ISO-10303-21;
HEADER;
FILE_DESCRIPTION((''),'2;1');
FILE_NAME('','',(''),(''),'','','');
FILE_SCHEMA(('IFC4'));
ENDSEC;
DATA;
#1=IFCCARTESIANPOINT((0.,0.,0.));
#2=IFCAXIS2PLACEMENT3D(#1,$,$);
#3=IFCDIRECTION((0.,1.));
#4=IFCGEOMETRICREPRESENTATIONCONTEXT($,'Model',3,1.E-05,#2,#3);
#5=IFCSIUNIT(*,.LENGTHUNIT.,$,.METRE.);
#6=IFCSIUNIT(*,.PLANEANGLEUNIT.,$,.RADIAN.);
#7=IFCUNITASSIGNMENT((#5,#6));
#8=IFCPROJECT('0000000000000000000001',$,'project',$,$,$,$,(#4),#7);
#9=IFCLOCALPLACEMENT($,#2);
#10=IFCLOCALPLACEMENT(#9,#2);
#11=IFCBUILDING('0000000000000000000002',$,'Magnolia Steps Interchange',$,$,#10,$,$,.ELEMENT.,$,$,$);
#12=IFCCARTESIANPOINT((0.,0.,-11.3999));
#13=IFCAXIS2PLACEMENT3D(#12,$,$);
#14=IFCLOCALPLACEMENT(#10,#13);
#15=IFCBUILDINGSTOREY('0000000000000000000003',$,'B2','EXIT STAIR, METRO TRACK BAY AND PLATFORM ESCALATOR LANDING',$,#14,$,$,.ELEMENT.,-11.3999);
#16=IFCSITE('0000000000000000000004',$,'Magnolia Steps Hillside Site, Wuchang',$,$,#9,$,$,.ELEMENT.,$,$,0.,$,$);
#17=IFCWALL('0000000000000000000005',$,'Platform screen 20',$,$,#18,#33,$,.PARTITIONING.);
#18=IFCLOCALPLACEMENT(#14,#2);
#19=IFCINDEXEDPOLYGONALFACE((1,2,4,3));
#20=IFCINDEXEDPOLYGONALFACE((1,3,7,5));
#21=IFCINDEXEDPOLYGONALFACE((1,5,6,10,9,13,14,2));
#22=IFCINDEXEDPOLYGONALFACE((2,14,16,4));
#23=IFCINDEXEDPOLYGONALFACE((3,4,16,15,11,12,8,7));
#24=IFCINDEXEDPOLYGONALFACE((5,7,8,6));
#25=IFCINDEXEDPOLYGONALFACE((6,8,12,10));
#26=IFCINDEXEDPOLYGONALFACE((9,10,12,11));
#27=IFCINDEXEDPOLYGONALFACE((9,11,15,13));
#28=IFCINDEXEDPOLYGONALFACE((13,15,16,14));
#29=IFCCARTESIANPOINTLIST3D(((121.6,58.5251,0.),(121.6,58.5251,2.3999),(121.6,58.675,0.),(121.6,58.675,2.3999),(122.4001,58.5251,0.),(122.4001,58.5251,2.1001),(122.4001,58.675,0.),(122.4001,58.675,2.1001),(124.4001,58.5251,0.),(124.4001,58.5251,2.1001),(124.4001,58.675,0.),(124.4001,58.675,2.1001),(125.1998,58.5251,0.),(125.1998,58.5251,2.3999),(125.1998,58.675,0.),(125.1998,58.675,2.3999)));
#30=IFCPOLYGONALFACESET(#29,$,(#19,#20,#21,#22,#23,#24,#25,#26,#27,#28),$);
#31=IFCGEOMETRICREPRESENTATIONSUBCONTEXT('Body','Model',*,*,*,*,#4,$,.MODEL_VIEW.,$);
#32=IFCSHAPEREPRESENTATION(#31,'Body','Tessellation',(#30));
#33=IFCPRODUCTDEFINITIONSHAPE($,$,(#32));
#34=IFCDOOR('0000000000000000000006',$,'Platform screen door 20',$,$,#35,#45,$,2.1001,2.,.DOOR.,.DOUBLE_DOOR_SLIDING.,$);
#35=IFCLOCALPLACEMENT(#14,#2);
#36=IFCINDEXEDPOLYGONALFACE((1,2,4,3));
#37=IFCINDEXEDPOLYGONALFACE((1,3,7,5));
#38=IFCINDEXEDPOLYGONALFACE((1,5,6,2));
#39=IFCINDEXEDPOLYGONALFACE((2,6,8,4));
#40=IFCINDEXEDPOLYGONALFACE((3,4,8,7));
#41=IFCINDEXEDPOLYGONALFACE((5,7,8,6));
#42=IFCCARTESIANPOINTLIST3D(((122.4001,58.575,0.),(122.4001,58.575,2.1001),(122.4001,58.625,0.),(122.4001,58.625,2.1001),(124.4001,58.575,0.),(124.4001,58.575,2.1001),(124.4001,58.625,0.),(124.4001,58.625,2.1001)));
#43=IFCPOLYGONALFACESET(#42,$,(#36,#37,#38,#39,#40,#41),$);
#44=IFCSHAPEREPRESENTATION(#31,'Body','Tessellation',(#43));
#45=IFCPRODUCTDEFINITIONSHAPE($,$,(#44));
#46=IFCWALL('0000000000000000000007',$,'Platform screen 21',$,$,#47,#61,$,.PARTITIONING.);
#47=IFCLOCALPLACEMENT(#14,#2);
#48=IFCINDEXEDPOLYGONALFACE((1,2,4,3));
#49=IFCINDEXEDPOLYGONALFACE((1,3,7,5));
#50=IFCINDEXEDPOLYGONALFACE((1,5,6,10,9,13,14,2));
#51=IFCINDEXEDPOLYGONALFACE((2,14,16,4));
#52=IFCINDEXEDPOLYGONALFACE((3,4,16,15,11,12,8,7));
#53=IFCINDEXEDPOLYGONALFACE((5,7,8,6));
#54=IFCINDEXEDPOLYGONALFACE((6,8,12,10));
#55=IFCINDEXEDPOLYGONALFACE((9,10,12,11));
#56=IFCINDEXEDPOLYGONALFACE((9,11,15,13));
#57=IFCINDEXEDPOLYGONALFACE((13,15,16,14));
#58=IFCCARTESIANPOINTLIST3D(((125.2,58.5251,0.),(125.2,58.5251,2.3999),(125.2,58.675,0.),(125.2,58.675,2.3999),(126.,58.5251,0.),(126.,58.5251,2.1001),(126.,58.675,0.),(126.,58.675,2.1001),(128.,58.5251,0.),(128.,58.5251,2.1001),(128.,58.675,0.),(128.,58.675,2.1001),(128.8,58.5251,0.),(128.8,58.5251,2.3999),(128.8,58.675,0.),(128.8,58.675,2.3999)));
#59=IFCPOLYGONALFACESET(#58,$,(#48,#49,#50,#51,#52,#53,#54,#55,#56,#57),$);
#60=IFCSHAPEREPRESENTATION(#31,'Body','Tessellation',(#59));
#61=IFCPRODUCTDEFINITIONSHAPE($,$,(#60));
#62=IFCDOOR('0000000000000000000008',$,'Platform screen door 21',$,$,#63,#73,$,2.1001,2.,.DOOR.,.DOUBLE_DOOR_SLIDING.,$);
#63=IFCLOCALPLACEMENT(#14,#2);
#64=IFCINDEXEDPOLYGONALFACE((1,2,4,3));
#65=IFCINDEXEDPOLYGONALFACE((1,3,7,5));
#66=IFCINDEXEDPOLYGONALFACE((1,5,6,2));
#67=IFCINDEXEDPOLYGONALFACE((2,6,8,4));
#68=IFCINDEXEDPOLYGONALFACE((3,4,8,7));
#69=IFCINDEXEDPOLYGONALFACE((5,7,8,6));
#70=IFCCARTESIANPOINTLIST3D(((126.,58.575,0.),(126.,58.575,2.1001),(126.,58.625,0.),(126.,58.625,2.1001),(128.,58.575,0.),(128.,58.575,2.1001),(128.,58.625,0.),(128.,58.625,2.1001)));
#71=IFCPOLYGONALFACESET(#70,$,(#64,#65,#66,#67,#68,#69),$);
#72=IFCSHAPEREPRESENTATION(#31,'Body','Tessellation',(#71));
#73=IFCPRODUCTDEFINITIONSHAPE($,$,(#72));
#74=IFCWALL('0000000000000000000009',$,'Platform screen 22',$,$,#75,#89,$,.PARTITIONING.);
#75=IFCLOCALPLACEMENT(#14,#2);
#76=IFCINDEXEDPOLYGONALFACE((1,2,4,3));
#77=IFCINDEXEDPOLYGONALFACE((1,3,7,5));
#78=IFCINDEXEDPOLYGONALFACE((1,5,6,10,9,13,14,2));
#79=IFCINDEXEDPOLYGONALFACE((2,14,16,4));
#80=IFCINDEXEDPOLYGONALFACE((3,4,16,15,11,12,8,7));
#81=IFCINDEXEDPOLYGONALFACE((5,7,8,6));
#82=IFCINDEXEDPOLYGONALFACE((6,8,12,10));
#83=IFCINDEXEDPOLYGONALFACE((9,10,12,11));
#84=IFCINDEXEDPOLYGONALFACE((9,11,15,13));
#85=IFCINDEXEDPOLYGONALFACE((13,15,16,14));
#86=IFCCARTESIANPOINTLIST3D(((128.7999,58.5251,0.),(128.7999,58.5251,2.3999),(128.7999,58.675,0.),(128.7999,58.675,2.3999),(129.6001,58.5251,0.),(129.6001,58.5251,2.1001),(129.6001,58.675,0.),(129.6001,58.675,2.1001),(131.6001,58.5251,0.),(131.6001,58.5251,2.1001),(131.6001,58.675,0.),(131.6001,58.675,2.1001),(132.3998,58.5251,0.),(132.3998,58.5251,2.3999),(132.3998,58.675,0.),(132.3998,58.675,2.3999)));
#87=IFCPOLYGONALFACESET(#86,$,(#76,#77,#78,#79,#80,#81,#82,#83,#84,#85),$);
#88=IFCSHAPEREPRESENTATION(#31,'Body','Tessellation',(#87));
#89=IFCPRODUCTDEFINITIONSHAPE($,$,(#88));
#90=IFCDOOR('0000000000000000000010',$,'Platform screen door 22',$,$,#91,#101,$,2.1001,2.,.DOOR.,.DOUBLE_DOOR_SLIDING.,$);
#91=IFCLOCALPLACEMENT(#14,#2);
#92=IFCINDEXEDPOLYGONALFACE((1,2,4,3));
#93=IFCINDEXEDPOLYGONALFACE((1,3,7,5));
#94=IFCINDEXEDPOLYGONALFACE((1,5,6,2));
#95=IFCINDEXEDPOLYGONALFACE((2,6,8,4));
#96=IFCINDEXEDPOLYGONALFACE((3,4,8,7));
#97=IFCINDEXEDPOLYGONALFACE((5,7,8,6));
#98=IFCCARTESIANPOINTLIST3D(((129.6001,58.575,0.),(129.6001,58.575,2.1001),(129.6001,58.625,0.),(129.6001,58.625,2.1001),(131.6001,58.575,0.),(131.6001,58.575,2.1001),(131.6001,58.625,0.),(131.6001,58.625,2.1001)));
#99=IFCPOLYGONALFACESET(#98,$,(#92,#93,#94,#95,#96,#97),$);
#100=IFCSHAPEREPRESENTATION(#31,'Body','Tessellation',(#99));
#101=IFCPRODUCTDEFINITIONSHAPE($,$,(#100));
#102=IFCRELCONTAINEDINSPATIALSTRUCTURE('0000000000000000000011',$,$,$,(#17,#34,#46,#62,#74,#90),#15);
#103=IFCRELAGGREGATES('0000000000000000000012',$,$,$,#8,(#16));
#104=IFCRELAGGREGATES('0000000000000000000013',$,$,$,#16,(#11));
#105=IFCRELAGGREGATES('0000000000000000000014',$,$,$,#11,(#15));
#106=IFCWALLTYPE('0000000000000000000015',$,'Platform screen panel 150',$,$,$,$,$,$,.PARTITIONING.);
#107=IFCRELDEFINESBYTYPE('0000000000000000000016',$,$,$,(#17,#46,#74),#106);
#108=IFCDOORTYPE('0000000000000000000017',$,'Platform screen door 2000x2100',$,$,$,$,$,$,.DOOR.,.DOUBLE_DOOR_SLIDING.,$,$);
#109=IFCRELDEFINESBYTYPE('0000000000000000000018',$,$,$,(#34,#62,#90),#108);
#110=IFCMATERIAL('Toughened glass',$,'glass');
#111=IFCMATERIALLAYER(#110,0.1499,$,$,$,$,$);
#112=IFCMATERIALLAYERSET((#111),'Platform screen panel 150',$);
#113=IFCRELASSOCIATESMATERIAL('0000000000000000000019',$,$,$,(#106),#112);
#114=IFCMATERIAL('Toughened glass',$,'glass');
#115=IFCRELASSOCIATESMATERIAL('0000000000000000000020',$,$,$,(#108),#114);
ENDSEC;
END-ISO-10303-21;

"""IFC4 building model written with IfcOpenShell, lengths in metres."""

from ifc_helpers import new_model, si_unit, direction, frame, frame_2d, origin, place, context, subcontext, project, spatial, rectangle, extrude, material, layer, layer_set, type_object, element, fill, save


model = new_model("IFC4")

# Units and contexts
model_context = context("Model", 3, precision=1e-05, world=origin(), true_north=direction((0.0, 1.0)))
body_context = subcontext(model_context, "Body", "Model", "MODEL_VIEW")
ifc_project = project(units=[si_unit("LENGTHUNIT", "METRE"), si_unit("PLANEANGLEUNIT", "RADIAN")], contexts=[model_context])

# Site, building, storey
site_placement = place(None, origin())
site = spatial("IfcSite", under=ifc_project, at=site_placement, Name="Magnolia Steps Hillside Site, Wuchang", CompositionType="ELEMENT", RefElevation=0.0)
building_placement = place(site_placement, origin())
building = spatial("IfcBuilding", under=site, at=building_placement, Name="Magnolia Steps Interchange", CompositionType="ELEMENT")
storey_placement = place(building_placement, frame((0.0, 0.0, -11.3999)))
storey = spatial("IfcBuildingStorey", under=building, at=storey_placement, Name="B2", Description="EXIT STAIR, METRO TRACK BAY AND PLATFORM ESCALATOR LANDING", CompositionType="ELEMENT", Elevation=-11.3999)

# Walls, openings, doors
ifc_material_1 = material(Name="Toughened glass", Category="glass")
ifc_layer = layer(ifc_material_1, 0.1499)
ifc_layer_set = layer_set([ifc_layer], Name="Platform screen panel 150")
wall_type = type_object("IfcWallType", Name="Platform screen panel 150", PredefinedType="PARTITIONING", material=ifc_layer_set)
ifc_material_2 = material(Name="Toughened glass", Category="glass")
door_type = type_object("IfcDoorType", Name="Platform screen door 2000x2100", OperationType="DOUBLE_DOOR_SLIDING", PredefinedType="DOOR", material=ifc_material_2)
wall_1_placement = place(storey_placement, frame((121.6001, 58.6001, 0.0), z_axis=(0.0, 0.0, 1.0), x_axis=(1.0, 0.0, 0.0)))
wall_1 = element("IfcWall", 1, at=wall_1_placement, inside=storey, type_object=wall_type, Name="Platform screen 20", PredefinedType="PARTITIONING", context=body_context, shape_type="SweptSolid", body=[
    extrude(rectangle(XDim=3.5999, YDim=0.1499, at=frame_2d((1.7998, 0.0))), origin(), (0.0, 0.0, 1.0), 2.3999),
])
opening_1_placement = place(wall_1_placement, frame((0.8, 0.0, 0.0)))
opening_1 = element("IfcOpeningElement", 2, at=opening_1_placement, cuts=wall_1, PredefinedType="OPENING", context=body_context, shape_type="SweptSolid", body=[
    extrude(rectangle(XDim=2.0, YDim=2.1001, at=frame_2d((1.0, 1.05))), frame((0.0, 0.085, 0.0), z_axis=(0.0, -1.0, 0.0), x_axis=(1.0, 0.0, 0.0)), (0.0, 0.0, 1.0), 0.1699),
])
door_1_placement = place(opening_1_placement, origin())
door_1 = element("IfcDoor", 3, at=door_1_placement, inside=storey, type_object=door_type, Name="Platform screen door 20", OperationType="DOUBLE_DOOR_SLIDING", OverallHeight=2.1001, OverallWidth=2.0, PredefinedType="DOOR", context=body_context, shape_type="SweptSolid", body=[
    extrude(rectangle(XDim=2.0, YDim=2.1001, at=frame_2d((1.0, 1.05))), frame((0.0, 0.0249, 0.0), z_axis=(0.0, -1.0, 0.0), x_axis=(1.0, 0.0, 0.0)), (0.0, 0.0, 1.0), 0.05),
])
fill(opening_1, door_1)
wall_2_placement = place(storey_placement, frame((125.2, 58.6001, 0.0), z_axis=(0.0, 0.0, 1.0), x_axis=(1.0, 0.0, 0.0)))
wall_2 = element("IfcWall", 4, at=wall_2_placement, inside=storey, type_object=wall_type, Name="Platform screen 21", PredefinedType="PARTITIONING", context=body_context, shape_type="SweptSolid", body=[
    extrude(rectangle(XDim=3.6001, YDim=0.1499, at=frame_2d((1.8, 0.0))), origin(), (0.0, 0.0, 1.0), 2.3999),
])
opening_2_placement = place(wall_2_placement, frame((0.8, 0.0, 0.0)))
opening_2 = element("IfcOpeningElement", 5, at=opening_2_placement, cuts=wall_2, PredefinedType="OPENING", context=body_context, shape_type="SweptSolid", body=[
    extrude(rectangle(XDim=2.0, YDim=2.1001, at=frame_2d((1.0, 1.05))), frame((0.0, 0.085, 0.0), z_axis=(0.0, -1.0, 0.0), x_axis=(1.0, 0.0, 0.0)), (0.0, 0.0, 1.0), 0.1699),
])
door_2_placement = place(opening_2_placement, origin())
door_2 = element("IfcDoor", 6, at=door_2_placement, inside=storey, type_object=door_type, Name="Platform screen door 21", OperationType="DOUBLE_DOOR_SLIDING", OverallHeight=2.1001, OverallWidth=2.0, PredefinedType="DOOR", context=body_context, shape_type="SweptSolid", body=[
    extrude(rectangle(XDim=2.0, YDim=2.1001, at=frame_2d((1.0, 1.05))), frame((0.0, 0.0249, 0.0), z_axis=(0.0, -1.0, 0.0), x_axis=(1.0, 0.0, 0.0)), (0.0, 0.0, 1.0), 0.05),
])
fill(opening_2, door_2)
wall_3_placement = place(storey_placement, frame((128.8, 58.6001, 0.0), z_axis=(0.0, 0.0, 1.0), x_axis=(1.0, 0.0, 0.0)))
wall_3 = element("IfcWall", 7, at=wall_3_placement, inside=storey, type_object=wall_type, Name="Platform screen 22", PredefinedType="PARTITIONING", context=body_context, shape_type="SweptSolid", body=[
    extrude(rectangle(XDim=3.5999, YDim=0.1499, at=frame_2d((1.7998, 0.0))), origin(), (0.0, 0.0, 1.0), 2.3999),
])
opening_3_placement = place(wall_3_placement, frame((0.8, 0.0, 0.0)))
opening_3 = element("IfcOpeningElement", 8, at=opening_3_placement, cuts=wall_3, PredefinedType="OPENING", context=body_context, shape_type="SweptSolid", body=[
    extrude(rectangle(XDim=2.0, YDim=2.1001, at=frame_2d((1.0, 1.05))), frame((0.0, 0.085, 0.0), z_axis=(0.0, -1.0, 0.0), x_axis=(1.0, 0.0, 0.0)), (0.0, 0.0, 1.0), 0.1699),
])
door_3_placement = place(opening_3_placement, origin())
door_3 = element("IfcDoor", 9, at=door_3_placement, inside=storey, type_object=door_type, Name="Platform screen door 22", OperationType="DOUBLE_DOOR_SLIDING", OverallHeight=2.1001, OverallWidth=2.0, PredefinedType="DOOR", context=body_context, shape_type="SweptSolid", body=[
    extrude(rectangle(XDim=2.0, YDim=2.1001, at=frame_2d((1.0, 1.05))), frame((0.0, 0.0249, 0.0), z_axis=(0.0, -1.0, 0.0), x_axis=(1.0, 0.0, 0.0)), (0.0, 0.0, 1.0), 0.05),
])
fill(opening_3, door_3)

save(model, "model.ifc")
